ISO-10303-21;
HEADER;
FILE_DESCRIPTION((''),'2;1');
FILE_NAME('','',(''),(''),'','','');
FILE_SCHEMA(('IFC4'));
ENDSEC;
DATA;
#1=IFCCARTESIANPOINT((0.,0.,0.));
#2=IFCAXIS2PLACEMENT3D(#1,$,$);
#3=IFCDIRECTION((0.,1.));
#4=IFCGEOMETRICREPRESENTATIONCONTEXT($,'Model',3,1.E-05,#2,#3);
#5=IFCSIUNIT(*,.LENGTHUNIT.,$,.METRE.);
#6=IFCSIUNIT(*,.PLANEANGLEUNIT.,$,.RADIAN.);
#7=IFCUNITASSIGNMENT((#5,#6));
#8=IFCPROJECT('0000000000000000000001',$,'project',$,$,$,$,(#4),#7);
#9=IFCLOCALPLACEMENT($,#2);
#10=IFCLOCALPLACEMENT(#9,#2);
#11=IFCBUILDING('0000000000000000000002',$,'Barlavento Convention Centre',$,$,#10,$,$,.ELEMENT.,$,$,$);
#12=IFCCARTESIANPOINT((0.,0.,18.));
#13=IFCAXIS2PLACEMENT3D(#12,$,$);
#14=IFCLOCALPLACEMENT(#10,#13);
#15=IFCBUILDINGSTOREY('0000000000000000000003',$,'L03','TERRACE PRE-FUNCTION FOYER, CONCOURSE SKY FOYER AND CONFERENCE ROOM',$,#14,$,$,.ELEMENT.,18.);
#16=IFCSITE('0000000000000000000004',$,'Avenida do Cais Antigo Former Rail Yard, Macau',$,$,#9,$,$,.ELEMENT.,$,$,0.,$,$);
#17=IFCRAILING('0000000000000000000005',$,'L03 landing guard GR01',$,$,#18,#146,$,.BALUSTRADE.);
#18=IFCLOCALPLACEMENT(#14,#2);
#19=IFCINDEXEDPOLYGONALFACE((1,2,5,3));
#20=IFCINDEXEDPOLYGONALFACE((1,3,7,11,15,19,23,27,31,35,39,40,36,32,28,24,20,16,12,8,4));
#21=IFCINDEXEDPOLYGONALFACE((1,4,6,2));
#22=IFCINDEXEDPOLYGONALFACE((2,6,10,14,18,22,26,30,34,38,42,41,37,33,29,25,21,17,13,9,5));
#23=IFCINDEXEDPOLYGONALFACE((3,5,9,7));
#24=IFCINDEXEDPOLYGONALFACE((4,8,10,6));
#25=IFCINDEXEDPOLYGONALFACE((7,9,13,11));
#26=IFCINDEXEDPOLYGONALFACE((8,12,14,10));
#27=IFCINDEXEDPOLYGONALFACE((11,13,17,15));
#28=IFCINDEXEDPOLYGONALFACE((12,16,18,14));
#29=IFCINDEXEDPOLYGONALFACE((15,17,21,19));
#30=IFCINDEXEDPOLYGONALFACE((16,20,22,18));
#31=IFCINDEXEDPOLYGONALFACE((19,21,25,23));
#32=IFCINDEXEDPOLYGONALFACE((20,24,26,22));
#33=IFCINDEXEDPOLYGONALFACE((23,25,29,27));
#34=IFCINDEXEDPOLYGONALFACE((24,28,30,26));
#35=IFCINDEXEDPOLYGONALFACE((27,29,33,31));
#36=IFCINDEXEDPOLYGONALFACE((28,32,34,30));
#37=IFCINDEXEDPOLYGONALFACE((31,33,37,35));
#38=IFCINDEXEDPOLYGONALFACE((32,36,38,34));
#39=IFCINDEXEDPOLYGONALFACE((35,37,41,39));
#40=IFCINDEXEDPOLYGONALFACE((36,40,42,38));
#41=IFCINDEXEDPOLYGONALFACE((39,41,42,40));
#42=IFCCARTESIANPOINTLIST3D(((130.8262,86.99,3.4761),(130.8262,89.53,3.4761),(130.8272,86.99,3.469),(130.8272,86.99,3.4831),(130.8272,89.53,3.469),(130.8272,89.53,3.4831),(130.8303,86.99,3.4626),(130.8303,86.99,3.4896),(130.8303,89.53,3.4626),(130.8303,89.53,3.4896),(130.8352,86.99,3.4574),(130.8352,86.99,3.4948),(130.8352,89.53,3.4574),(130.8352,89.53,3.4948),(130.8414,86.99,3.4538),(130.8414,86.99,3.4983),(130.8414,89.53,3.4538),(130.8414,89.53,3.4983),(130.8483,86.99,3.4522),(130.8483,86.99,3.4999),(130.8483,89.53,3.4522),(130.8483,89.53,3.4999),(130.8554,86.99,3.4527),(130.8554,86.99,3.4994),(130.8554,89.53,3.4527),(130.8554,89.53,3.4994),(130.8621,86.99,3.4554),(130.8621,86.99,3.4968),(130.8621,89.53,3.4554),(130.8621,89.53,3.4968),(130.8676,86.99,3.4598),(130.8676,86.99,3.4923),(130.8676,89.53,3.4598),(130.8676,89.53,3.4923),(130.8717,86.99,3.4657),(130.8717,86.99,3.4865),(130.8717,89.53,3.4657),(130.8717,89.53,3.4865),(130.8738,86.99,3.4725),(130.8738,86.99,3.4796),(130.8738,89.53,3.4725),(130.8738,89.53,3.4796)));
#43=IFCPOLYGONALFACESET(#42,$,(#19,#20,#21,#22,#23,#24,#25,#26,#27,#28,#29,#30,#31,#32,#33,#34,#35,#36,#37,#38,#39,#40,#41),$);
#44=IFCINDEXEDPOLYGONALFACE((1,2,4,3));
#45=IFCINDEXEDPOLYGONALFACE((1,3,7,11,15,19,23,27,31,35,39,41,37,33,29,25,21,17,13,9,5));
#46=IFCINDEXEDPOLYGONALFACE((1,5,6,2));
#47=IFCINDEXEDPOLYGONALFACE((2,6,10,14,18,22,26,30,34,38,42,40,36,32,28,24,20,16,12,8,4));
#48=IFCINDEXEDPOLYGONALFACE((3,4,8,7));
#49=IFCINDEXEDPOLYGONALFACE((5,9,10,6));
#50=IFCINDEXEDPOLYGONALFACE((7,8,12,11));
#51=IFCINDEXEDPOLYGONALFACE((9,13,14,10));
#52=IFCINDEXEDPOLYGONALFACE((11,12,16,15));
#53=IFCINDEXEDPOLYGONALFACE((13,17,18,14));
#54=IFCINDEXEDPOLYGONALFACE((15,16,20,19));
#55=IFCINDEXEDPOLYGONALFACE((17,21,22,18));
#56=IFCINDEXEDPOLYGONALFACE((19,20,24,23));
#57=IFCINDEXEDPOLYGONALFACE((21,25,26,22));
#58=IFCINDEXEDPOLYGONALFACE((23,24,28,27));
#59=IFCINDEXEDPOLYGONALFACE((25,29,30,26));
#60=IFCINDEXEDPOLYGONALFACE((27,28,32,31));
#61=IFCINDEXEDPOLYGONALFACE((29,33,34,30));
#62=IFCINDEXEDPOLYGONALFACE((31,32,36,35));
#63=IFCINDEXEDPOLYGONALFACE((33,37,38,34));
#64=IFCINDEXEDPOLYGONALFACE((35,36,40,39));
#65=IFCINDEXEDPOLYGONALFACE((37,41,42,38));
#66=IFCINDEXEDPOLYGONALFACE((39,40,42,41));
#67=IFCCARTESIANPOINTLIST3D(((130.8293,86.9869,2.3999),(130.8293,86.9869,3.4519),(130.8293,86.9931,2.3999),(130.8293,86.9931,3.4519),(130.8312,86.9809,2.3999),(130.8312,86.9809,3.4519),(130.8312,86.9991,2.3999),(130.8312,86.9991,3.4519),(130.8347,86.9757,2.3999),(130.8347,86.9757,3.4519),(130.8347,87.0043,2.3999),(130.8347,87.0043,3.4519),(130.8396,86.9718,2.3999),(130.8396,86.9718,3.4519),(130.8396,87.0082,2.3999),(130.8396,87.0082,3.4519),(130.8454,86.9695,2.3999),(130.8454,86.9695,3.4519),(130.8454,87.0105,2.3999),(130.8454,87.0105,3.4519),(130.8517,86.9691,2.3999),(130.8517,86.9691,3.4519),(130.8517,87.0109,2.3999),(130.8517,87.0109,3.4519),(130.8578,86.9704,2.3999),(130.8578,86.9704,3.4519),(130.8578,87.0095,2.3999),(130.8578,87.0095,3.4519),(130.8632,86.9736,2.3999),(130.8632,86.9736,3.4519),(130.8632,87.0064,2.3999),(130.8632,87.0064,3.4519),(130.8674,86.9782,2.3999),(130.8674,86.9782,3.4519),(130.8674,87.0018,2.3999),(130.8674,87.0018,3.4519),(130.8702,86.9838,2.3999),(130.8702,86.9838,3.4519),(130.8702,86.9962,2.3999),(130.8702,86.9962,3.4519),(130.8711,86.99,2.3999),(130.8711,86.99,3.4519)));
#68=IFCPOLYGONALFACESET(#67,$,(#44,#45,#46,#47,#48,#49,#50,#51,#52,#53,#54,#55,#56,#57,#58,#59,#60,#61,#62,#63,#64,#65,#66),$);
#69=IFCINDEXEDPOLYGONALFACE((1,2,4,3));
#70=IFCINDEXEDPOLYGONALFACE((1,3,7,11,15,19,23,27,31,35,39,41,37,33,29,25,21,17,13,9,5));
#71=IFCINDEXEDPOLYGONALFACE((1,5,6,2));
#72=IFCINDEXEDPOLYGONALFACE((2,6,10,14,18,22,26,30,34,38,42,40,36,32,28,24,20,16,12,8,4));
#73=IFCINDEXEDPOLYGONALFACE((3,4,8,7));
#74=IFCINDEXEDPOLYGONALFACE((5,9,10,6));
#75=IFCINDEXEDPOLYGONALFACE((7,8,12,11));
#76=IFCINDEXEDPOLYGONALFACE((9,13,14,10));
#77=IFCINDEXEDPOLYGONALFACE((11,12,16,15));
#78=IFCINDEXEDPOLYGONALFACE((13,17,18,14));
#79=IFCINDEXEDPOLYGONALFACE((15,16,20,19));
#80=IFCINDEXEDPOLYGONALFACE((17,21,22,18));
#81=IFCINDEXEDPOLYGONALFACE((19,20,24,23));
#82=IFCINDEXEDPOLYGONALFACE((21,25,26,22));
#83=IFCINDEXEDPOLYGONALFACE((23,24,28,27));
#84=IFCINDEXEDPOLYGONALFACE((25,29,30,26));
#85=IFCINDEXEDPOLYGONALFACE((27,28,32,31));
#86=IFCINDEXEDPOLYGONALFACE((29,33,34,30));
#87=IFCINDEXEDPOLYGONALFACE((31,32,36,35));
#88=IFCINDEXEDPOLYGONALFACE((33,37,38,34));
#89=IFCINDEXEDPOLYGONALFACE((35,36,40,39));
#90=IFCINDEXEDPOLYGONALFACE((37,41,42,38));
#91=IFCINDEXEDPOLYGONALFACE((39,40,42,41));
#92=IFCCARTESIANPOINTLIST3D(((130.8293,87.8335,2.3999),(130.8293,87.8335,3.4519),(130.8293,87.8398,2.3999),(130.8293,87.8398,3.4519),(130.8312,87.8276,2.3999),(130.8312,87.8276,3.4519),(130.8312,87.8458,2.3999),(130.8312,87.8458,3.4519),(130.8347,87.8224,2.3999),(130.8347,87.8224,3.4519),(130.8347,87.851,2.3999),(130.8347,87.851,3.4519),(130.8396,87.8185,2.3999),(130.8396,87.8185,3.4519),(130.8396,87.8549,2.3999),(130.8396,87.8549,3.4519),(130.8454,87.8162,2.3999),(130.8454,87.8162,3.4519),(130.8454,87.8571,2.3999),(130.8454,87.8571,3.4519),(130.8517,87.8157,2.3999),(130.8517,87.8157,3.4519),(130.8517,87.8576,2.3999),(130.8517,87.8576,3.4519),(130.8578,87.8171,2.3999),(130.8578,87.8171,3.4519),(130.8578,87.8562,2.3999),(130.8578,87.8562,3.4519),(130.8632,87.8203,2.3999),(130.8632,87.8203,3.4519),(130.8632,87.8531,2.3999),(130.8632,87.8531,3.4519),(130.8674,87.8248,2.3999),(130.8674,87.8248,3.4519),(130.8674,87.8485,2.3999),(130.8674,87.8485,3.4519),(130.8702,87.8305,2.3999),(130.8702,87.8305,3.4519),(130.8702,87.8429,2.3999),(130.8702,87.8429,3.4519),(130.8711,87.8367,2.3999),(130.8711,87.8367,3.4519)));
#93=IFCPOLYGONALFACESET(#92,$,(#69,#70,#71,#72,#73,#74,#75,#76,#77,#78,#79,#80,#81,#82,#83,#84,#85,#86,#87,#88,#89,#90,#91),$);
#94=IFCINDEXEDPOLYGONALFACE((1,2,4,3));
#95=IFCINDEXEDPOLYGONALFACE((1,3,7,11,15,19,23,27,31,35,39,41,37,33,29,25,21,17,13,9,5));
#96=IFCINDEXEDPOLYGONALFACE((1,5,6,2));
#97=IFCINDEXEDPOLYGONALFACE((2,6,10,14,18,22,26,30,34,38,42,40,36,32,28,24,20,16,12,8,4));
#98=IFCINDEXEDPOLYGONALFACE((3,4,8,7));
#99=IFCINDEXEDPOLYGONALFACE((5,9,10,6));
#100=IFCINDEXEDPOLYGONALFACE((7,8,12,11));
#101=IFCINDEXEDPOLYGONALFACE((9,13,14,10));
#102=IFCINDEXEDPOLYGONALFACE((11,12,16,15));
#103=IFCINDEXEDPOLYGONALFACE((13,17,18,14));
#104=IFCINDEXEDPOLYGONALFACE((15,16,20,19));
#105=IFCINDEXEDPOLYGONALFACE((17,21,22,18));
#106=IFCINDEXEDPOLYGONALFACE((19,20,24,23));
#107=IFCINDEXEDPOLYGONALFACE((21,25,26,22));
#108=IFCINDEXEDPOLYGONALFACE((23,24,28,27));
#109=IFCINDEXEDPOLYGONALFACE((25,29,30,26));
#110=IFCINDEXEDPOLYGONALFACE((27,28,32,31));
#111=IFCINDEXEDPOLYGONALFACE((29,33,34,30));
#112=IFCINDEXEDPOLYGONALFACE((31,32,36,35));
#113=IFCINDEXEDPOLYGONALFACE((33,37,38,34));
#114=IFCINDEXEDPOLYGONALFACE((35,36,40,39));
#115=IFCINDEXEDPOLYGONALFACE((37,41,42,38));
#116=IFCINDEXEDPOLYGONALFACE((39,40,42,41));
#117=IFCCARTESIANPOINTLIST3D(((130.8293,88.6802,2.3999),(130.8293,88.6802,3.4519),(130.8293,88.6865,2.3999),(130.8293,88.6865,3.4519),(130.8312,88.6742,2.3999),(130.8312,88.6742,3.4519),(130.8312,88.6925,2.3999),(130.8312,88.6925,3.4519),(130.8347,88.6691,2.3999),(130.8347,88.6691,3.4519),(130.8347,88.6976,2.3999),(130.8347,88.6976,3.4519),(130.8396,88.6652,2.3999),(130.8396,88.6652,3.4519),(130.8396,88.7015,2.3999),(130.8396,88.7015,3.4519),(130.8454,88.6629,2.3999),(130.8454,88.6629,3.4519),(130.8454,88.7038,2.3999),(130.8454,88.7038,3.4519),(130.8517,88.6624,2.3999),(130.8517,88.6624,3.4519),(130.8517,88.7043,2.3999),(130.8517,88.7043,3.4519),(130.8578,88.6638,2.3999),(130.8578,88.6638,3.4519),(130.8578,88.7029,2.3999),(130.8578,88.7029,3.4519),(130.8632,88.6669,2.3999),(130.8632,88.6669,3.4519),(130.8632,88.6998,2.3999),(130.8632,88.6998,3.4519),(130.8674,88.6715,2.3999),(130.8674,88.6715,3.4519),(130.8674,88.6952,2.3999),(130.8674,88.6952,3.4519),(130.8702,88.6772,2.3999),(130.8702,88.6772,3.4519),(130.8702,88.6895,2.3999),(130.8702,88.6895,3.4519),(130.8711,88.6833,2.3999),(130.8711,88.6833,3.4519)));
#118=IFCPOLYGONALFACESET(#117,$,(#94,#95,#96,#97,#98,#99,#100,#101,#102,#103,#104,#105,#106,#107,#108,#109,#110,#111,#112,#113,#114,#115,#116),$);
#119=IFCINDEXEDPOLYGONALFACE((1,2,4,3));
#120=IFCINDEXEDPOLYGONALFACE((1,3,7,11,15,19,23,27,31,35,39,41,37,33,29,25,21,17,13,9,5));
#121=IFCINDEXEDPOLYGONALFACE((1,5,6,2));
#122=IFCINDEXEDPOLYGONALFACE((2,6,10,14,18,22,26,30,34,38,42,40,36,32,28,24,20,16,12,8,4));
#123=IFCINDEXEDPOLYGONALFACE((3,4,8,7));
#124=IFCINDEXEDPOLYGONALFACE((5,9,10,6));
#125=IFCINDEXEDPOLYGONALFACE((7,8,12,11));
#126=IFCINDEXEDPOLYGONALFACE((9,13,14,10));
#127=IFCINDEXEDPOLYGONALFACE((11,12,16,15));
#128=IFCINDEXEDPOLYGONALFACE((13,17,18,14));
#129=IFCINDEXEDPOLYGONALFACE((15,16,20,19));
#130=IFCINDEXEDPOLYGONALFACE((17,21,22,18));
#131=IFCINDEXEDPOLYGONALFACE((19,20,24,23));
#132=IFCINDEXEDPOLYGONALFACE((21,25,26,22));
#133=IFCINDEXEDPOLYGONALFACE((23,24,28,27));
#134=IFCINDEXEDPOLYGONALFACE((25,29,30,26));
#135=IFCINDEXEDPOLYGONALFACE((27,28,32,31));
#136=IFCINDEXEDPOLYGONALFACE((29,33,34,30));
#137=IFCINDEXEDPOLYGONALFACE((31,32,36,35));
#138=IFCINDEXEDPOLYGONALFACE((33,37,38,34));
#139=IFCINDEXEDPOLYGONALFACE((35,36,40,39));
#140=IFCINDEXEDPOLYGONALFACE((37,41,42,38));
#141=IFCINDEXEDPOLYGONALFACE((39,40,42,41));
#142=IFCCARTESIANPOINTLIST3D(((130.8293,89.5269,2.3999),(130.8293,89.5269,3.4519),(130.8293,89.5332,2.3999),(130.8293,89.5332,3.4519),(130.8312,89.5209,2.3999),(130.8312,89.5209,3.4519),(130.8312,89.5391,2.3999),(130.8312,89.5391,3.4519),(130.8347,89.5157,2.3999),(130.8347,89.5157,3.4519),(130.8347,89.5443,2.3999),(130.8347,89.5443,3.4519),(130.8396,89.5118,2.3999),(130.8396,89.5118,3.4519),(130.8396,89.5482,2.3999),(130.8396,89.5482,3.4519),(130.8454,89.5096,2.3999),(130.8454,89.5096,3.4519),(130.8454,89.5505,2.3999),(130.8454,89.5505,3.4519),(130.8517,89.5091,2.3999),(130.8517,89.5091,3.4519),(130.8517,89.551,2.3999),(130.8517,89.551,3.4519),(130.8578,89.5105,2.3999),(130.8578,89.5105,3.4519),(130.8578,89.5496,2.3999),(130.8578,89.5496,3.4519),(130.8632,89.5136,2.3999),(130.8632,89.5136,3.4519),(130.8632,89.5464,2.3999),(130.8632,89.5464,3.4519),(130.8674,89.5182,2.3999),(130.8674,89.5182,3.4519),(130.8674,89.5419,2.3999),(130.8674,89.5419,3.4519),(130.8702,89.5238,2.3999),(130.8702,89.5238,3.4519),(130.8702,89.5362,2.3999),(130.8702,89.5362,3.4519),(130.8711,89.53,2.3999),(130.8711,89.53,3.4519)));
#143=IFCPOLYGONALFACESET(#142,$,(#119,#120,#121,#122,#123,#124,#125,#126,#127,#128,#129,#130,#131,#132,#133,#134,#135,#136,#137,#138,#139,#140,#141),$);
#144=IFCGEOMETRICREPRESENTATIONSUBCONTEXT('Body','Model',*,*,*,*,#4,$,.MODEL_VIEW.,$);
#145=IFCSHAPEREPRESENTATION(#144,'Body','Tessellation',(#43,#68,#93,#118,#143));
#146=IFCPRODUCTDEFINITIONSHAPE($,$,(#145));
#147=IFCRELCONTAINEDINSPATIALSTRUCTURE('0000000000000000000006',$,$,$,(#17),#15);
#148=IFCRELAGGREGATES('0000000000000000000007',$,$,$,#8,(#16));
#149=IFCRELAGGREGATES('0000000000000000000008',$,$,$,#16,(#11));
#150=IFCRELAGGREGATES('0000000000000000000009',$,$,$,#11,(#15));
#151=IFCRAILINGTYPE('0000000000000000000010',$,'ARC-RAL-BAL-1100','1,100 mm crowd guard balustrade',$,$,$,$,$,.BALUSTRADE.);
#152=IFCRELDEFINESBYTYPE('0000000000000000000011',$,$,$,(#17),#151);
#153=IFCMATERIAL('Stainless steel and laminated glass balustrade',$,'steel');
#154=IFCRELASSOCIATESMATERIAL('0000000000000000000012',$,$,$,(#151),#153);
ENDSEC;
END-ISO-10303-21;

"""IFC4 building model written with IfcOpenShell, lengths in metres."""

from ifc_helpers import new_model, si_unit, direction, frame, origin, origin_2d, place, context, subcontext, project, spatial, circle, extrude, material, type_object, element, save


model = new_model("IFC4")

# Units and contexts
model_context = context("Model", 3, precision=1e-05, world=origin(), true_north=direction((0.0, 1.0)))
body_context = subcontext(model_context, "Body", "Model", "MODEL_VIEW")
ifc_project = project(units=[si_unit("LENGTHUNIT", "METRE"), si_unit("PLANEANGLEUNIT", "RADIAN")], contexts=[model_context])

# Site, building, storey
site_placement = place(None, origin())
site = spatial("IfcSite", under=ifc_project, at=site_placement, Name="Avenida do Cais Antigo Former Rail Yard, Macau", CompositionType="ELEMENT", RefElevation=0.0)
building_placement = place(site_placement, origin())
building = spatial("IfcBuilding", under=site, at=building_placement, Name="Barlavento Convention Centre", CompositionType="ELEMENT")
storey_placement = place(building_placement, frame((0.0, 0.0, 18.0)))
storey = spatial("IfcBuildingStorey", under=building, at=storey_placement, Name="L03", Description="TERRACE PRE-FUNCTION FOYER, CONCOURSE SKY FOYER AND CONFERENCE ROOM", CompositionType="ELEMENT", Elevation=18.0)

# Railing
ifc_material_1 = material(Name="Stainless steel and laminated glass balustrade", Category="steel")
railing_type_1 = type_object("IfcRailingType", Name="ARC-RAL-BAL-1100", Description="1,100 mm crowd guard balustrade", PredefinedType="BALUSTRADE", material=ifc_material_1)
for number, where, name in (
    (1, (130.8501, 86.99, 2.3999), "L03 landing guard GR01"),
):
    element("IfcRailing", number, at=place(storey_placement, frame(where)), inside=storey, type_object=railing_type_1, Name=name, PredefinedType="BALUSTRADE", context=body_context, shape_type="SweptSolid", body=[
        extrude(circle(Radius=0.0239, at=origin_2d()), frame((0.0, 0.0, 1.0762), z_axis=(0.0, 1.0, 0.0), x_axis=(-1.0, 0.0, 0.0)), (0.0, 0.0, 1.0), 2.54),
        extrude(circle(Radius=0.021, at=origin_2d()), origin(), (0.0, 0.0, 1.0), 1.052),
        extrude(circle(Radius=0.021, at=origin_2d()), frame((0.0, 0.8467, 0.0)), (0.0, 0.0, 1.0), 1.052),
        extrude(circle(Radius=0.021, at=origin_2d()), frame((0.0, 1.6934, 0.0)), (0.0, 0.0, 1.0), 1.052),
        extrude(circle(Radius=0.021, at=origin_2d()), frame((0.0, 2.54, 0.0)), (0.0, 0.0, 1.0), 1.052),
    ])

save(model, "model.ifc")
